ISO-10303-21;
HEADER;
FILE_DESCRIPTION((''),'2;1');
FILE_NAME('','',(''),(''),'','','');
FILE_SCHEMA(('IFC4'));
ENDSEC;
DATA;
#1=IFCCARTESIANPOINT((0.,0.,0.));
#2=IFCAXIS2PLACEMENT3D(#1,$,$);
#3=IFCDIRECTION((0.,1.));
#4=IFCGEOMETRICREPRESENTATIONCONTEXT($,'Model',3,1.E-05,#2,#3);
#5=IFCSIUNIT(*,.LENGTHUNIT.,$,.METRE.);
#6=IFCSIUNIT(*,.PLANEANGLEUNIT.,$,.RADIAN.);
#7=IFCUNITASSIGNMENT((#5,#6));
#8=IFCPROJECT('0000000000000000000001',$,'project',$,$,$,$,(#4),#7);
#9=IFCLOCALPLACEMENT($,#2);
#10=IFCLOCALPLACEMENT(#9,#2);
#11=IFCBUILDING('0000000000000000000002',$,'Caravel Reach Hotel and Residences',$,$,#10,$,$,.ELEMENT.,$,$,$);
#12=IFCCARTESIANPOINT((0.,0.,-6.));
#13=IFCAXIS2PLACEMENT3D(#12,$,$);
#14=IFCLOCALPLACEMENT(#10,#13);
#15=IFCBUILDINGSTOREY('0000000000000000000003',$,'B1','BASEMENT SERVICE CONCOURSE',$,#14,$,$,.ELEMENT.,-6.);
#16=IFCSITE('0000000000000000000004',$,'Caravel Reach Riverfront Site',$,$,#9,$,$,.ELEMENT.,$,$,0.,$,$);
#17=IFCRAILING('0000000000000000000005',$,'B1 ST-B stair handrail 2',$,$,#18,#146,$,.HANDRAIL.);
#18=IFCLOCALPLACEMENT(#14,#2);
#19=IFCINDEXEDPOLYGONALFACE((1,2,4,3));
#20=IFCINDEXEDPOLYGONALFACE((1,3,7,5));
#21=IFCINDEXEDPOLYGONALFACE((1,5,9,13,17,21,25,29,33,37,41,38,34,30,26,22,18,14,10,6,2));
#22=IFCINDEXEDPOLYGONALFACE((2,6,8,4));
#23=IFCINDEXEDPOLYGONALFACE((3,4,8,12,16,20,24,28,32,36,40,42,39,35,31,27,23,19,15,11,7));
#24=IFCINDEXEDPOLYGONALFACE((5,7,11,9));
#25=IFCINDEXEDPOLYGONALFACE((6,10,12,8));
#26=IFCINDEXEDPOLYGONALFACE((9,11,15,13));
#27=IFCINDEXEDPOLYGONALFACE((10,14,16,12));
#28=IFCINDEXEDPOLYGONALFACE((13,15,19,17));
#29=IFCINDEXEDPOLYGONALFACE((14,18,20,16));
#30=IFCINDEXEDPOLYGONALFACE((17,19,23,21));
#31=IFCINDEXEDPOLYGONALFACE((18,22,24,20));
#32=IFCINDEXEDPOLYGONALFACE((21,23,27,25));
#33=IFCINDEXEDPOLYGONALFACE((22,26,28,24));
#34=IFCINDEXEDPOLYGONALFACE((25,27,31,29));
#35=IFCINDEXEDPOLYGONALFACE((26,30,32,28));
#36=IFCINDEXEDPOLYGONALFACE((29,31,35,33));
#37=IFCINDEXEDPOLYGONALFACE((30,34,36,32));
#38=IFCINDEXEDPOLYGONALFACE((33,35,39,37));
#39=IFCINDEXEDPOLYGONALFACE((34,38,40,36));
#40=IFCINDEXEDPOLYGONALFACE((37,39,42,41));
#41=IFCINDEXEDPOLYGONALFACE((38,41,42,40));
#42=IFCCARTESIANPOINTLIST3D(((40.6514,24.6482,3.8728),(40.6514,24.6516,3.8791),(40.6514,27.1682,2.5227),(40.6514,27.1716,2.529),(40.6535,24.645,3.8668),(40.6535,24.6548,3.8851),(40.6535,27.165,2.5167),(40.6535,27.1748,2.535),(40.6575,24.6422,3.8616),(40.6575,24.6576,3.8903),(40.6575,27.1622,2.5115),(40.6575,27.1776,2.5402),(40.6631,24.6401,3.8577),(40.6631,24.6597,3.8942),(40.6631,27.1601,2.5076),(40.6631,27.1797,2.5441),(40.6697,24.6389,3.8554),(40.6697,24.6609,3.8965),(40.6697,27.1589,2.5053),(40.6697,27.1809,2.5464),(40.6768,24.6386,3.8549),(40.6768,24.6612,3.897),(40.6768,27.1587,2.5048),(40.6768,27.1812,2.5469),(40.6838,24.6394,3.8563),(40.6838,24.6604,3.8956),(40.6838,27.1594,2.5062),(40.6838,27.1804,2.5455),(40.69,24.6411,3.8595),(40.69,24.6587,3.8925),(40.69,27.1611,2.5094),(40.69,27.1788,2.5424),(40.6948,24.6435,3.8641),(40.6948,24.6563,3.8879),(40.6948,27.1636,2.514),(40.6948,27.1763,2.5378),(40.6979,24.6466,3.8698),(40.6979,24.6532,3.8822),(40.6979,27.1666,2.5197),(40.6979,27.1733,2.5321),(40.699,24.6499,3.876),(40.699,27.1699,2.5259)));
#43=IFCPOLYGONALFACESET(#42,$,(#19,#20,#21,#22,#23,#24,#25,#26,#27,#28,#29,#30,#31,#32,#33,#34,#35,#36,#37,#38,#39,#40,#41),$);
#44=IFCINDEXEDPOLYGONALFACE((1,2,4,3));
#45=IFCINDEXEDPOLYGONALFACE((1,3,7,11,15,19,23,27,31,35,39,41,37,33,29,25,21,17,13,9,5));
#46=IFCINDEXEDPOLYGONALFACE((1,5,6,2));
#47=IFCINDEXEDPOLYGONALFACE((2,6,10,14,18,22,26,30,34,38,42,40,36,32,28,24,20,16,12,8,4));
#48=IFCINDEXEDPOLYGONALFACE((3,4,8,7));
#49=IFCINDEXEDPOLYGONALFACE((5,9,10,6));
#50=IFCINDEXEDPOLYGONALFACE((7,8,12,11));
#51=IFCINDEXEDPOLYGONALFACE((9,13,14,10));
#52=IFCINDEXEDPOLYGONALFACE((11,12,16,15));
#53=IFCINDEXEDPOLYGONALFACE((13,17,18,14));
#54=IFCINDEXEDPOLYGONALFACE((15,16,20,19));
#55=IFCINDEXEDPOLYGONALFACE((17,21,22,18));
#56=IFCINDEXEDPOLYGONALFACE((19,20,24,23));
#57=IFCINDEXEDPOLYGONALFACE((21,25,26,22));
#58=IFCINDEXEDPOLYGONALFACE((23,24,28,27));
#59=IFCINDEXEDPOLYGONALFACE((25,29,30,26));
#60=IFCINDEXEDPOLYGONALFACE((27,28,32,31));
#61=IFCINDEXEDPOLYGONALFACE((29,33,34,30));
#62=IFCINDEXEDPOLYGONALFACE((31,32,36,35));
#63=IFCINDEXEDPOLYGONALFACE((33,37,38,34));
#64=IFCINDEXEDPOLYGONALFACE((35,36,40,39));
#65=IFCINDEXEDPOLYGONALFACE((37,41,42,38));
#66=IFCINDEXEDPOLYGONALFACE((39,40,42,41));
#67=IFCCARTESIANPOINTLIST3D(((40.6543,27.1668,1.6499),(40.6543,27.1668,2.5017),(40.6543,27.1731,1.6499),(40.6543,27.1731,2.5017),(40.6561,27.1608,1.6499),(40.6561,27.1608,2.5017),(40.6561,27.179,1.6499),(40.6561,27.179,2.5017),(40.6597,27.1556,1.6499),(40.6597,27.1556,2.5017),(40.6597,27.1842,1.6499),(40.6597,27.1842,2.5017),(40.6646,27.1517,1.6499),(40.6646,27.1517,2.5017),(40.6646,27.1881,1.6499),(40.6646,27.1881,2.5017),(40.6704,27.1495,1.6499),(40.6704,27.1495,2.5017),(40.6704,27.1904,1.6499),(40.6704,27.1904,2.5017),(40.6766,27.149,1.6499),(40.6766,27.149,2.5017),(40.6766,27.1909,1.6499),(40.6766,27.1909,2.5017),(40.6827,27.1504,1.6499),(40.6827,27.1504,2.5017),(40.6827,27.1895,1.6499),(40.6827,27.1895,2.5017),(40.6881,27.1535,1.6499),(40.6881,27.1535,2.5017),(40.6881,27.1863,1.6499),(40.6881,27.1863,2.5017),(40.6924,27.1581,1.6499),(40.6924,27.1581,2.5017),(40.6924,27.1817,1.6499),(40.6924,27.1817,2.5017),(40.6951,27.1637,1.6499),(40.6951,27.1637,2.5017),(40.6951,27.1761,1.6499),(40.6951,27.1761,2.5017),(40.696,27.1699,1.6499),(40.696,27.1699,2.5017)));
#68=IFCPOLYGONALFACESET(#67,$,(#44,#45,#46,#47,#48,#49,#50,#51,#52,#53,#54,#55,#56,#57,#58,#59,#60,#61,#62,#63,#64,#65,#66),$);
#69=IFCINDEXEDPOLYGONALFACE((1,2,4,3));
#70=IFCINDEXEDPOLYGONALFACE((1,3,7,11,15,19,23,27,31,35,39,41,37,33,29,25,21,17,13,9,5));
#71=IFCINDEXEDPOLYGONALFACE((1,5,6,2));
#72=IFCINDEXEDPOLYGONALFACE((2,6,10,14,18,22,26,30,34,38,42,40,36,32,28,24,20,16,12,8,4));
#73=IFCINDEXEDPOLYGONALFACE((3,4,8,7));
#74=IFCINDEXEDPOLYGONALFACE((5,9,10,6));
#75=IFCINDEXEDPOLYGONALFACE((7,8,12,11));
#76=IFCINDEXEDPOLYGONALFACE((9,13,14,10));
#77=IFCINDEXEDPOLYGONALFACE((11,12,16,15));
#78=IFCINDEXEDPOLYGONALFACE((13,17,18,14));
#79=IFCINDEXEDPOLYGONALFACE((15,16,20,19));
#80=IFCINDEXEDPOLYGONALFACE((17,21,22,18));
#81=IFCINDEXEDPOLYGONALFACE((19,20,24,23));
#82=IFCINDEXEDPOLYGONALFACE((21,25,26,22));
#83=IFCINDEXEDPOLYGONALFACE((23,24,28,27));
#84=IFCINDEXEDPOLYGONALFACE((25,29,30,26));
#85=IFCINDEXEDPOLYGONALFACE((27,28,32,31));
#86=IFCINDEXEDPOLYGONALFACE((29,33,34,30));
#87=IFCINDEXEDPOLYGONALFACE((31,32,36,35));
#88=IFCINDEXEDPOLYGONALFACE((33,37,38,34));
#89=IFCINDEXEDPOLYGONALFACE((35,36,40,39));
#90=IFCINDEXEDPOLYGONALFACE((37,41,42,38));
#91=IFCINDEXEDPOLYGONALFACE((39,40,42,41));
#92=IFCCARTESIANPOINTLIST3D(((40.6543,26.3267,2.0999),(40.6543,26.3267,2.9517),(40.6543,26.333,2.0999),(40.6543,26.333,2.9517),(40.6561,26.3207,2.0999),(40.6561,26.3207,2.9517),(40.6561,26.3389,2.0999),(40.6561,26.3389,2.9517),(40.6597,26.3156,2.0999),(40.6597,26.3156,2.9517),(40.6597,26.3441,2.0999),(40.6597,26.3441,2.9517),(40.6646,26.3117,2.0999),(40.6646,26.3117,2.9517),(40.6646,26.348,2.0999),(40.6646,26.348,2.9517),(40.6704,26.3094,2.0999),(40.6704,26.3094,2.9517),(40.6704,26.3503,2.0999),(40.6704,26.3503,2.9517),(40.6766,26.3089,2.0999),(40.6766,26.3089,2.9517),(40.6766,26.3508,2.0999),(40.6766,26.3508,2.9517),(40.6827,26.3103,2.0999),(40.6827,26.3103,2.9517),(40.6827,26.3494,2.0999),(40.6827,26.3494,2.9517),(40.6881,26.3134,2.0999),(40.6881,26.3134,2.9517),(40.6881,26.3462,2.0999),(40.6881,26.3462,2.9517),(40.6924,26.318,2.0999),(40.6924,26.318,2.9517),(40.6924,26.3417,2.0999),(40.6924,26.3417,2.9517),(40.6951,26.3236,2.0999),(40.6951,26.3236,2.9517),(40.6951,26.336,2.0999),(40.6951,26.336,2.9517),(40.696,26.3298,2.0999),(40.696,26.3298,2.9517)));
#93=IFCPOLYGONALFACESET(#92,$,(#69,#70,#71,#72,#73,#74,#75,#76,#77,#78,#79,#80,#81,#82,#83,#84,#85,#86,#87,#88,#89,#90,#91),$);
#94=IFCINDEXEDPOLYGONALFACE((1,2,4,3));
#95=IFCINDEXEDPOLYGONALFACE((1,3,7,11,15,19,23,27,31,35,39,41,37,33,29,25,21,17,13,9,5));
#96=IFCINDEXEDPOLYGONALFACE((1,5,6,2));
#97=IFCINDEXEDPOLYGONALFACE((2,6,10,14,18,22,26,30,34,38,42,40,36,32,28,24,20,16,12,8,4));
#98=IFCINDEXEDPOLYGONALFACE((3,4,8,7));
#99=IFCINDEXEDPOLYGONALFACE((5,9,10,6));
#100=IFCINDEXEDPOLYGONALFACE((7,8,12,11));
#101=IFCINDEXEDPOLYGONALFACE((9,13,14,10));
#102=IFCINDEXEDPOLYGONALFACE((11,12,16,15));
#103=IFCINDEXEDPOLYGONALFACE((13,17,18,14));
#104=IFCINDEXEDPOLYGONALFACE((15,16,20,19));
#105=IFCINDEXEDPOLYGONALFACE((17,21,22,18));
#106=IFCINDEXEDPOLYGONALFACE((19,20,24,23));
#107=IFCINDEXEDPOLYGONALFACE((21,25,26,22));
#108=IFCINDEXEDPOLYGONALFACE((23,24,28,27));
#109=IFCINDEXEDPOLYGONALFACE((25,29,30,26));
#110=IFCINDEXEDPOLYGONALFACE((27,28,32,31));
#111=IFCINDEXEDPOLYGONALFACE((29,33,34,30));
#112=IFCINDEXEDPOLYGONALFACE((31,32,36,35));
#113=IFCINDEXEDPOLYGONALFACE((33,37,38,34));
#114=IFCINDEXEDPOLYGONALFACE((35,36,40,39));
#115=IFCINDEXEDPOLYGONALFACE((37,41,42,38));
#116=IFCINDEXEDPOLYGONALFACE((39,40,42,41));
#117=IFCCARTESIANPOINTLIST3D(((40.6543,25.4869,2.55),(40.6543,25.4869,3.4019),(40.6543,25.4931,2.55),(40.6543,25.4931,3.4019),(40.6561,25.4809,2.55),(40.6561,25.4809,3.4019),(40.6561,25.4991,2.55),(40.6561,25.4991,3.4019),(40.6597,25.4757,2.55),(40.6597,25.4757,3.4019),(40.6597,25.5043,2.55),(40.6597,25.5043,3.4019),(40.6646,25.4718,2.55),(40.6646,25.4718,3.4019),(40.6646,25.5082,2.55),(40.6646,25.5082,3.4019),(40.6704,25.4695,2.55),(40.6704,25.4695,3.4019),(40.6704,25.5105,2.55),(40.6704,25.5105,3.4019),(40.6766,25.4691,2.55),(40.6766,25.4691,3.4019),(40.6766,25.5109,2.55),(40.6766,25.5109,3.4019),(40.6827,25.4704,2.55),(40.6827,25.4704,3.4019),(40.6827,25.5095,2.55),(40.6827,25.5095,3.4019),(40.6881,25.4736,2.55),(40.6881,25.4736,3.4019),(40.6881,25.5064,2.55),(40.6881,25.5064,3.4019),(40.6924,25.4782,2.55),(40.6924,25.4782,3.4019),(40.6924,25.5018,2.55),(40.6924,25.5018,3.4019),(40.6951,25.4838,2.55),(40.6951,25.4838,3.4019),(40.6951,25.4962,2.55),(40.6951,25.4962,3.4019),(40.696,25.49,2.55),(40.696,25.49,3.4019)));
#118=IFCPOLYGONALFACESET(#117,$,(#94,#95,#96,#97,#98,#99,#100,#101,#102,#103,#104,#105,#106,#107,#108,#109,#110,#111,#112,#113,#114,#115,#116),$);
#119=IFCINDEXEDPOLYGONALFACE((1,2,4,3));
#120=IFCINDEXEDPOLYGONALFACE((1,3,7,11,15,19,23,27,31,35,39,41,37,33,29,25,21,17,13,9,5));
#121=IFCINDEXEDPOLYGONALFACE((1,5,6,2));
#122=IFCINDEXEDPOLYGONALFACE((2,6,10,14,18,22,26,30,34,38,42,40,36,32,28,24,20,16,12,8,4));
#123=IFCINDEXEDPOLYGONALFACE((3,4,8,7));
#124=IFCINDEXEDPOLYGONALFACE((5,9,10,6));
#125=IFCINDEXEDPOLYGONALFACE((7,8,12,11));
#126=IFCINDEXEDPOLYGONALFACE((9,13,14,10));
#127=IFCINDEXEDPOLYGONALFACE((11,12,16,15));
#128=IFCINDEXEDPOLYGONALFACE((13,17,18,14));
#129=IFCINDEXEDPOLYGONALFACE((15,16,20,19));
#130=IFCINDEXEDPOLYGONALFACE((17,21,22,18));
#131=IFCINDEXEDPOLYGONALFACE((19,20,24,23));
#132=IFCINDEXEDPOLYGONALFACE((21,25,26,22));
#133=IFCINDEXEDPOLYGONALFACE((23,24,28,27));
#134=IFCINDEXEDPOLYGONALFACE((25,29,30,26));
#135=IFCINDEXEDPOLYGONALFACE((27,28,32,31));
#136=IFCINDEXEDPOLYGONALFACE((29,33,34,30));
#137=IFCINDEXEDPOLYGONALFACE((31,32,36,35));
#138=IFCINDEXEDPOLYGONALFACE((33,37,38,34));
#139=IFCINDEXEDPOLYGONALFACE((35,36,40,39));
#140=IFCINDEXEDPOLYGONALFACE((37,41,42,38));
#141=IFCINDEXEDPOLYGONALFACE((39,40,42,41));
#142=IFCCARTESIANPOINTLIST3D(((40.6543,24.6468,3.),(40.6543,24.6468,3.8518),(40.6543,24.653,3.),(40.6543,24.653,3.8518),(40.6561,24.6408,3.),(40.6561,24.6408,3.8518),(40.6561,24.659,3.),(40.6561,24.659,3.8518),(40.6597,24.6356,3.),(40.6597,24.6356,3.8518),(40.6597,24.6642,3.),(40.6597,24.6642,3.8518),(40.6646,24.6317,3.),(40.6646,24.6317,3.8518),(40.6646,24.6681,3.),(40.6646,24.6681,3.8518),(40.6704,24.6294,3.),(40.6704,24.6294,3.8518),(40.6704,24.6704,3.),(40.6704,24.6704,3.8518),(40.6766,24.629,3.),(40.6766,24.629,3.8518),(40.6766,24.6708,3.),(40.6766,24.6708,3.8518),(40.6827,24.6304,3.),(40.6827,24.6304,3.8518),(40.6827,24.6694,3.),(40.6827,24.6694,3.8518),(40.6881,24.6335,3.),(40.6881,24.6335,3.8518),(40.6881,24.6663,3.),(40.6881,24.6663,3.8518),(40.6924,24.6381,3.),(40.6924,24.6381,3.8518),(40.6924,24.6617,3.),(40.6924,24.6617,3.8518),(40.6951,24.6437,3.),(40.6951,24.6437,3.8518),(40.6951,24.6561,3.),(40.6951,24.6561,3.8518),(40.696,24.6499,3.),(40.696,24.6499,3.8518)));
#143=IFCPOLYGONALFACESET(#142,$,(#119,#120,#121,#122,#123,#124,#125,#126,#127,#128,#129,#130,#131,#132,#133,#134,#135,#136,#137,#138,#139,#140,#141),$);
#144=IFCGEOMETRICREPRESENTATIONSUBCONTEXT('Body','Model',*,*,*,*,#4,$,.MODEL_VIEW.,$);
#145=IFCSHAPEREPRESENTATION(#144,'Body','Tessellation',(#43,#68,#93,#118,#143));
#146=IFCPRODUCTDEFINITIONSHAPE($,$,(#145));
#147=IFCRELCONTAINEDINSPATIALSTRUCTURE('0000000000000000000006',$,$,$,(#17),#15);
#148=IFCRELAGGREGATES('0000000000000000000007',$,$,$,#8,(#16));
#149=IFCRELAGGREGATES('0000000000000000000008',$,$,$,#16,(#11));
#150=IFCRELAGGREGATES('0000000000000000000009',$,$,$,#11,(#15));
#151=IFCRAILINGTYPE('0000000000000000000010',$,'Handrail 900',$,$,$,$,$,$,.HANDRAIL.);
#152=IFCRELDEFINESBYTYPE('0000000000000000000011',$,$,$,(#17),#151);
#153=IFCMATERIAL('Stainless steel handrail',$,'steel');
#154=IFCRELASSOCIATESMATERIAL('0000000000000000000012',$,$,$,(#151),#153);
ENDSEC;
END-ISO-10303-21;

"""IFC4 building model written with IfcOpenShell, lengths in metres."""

from ifc_helpers import new_model, si_unit, direction, frame, origin, origin_2d, place, context, subcontext, project, spatial, circle, extrude, material, type_object, element, save


model = new_model("IFC4")

# Units and contexts
model_context = context("Model", 3, precision=1e-05, world=origin(), true_north=direction((0.0, 1.0)))
body_context = subcontext(model_context, "Body", "Model", "MODEL_VIEW")
ifc_project = project(units=[si_unit("LENGTHUNIT", "METRE"), si_unit("PLANEANGLEUNIT", "RADIAN")], contexts=[model_context])

# Site, building, storey
site_placement = place(None, origin())
site = spatial("IfcSite", under=ifc_project, at=site_placement, Name="Caravel Reach Riverfront Site", CompositionType="ELEMENT", RefElevation=0.0)
building_placement = place(site_placement, origin())
building = spatial("IfcBuilding", under=site, at=building_placement, Name="Caravel Reach Hotel and Residences", CompositionType="ELEMENT")
storey_placement = place(building_placement, frame((0.0, 0.0, -6.0)))
storey = spatial("IfcBuildingStorey", under=building, at=storey_placement, Name="B1", Description="BASEMENT SERVICE CONCOURSE", CompositionType="ELEMENT", Elevation=-6.0)

# Railing
ifc_material_1 = material(Name="Stainless steel handrail", Category="steel")
railing_type_1 = type_object("IfcRailingType", Name="Handrail 900", PredefinedType="HANDRAIL", material=ifc_material_1)
for number, where, name in (
    (1, (40.675, 27.1699, 1.6499), "B1 ST-B stair handrail 2"),
):
    element("IfcRailing", number, at=place(storey_placement, frame(where)), inside=storey, type_object=railing_type_1, Name=name, PredefinedType="HANDRAIL", context=body_context, shape_type="SweptSolid", body=[
        extrude(circle(Radius=0.0239, at=origin_2d()), frame((0.0, 0.0, 0.876), z_axis=(0.0, -0.881467, 0.472245), x_axis=(1.0, 0.0, 0.0)), (0.0, 0.0, 1.0), 2.8589),
        extrude(circle(Radius=0.021, at=origin_2d()), origin(), (0.0, 0.0, 1.0), 0.8518),
        extrude(circle(Radius=0.021, at=origin_2d()), frame((0.0, -0.8401, 0.45)), (0.0, 0.0, 1.0), 0.8518),
        extrude(circle(Radius=0.021, at=origin_2d()), frame((0.0, -1.6799, 0.9001)), (0.0, 0.0, 1.0), 0.8518),
        extrude(circle(Radius=0.021, at=origin_2d()), frame((0.0, -2.52, 1.3501)), (0.0, 0.0, 1.0), 0.8518),
    ])

save(model, "model.ifc")
